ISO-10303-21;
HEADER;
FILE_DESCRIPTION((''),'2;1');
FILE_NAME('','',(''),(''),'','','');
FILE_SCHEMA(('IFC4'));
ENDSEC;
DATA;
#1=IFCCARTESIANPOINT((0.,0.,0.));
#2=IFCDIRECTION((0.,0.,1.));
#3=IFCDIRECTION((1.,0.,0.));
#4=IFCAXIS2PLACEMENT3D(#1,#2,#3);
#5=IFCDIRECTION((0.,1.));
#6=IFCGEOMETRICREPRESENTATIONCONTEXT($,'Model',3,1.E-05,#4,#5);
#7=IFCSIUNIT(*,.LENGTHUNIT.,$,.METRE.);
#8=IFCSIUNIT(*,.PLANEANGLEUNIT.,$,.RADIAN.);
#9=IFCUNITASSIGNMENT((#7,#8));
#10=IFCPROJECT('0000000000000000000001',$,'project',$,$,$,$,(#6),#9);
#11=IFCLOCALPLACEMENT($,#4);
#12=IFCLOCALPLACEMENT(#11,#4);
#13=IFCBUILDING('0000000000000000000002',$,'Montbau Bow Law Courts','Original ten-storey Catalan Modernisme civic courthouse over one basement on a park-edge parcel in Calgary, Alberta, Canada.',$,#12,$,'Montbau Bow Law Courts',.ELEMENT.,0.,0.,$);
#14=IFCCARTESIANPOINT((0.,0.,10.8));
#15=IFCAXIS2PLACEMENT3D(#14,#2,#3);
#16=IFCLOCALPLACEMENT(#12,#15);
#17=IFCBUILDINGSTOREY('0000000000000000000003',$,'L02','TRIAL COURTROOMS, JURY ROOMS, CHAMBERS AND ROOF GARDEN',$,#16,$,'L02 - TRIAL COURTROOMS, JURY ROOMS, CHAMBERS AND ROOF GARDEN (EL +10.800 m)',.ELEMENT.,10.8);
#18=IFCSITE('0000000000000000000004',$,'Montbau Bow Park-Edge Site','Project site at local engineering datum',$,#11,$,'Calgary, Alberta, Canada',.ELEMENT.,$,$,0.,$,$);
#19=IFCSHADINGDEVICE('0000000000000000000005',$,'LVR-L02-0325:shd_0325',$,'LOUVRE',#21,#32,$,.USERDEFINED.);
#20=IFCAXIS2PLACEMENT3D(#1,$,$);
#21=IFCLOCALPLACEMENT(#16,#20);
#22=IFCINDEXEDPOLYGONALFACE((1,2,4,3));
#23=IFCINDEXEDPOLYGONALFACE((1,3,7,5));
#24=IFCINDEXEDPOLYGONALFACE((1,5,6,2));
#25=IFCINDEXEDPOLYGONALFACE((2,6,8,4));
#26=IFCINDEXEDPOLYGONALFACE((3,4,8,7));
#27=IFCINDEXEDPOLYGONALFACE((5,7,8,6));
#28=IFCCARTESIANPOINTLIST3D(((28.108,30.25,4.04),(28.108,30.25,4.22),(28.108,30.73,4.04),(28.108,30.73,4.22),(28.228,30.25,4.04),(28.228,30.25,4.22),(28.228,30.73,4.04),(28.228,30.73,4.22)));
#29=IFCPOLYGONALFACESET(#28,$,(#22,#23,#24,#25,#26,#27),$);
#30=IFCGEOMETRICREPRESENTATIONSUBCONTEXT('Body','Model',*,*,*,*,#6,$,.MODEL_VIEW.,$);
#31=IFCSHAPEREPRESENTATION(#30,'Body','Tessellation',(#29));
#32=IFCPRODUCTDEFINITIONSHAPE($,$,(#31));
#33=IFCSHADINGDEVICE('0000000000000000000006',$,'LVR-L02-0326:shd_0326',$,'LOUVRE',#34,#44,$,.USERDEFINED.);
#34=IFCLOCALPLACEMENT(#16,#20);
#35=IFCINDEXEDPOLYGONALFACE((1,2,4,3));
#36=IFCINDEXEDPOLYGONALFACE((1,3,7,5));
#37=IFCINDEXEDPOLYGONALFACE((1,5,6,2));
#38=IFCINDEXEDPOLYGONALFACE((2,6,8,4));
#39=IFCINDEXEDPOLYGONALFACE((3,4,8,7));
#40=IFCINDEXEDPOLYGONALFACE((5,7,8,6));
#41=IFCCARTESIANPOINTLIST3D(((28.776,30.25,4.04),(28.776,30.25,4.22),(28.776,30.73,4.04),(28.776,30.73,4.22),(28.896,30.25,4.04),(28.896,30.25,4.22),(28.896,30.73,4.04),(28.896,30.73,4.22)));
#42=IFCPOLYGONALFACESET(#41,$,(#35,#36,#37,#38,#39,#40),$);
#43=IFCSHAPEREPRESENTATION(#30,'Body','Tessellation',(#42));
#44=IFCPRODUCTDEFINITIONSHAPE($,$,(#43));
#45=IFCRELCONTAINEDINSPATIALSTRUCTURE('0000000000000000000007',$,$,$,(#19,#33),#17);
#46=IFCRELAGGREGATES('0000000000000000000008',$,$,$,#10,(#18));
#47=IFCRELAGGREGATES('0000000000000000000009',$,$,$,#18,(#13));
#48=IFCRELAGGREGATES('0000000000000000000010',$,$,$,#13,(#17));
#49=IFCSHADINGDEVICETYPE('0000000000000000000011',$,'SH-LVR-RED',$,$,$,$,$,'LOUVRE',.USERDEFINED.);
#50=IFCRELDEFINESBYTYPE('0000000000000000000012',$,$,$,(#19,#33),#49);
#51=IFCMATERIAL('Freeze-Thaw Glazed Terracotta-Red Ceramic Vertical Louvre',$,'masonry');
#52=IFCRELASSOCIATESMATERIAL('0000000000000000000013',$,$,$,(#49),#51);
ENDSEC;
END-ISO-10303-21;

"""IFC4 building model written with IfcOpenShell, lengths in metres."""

from ifc_helpers import new_model, si_unit, direction, frame, origin_with_axes, origin_2d_with_axis, place, context, subcontext, project, spatial, rectangle, extrude, material, type_object, element, save


model = new_model("IFC4")

# Units and contexts
model_context = context("Model", 3, precision=1e-05, world=origin_with_axes(), true_north=direction((0.0, 1.0)))
body_context = subcontext(model_context, "Body", "Model", "MODEL_VIEW")
ifc_project = project(units=[si_unit("LENGTHUNIT", "METRE"), si_unit("PLANEANGLEUNIT", "RADIAN")], contexts=[model_context])

# Site, building, storey
site_placement = place(None, origin_with_axes())
site = spatial("IfcSite", under=ifc_project, at=site_placement, Name="Montbau Bow Park-Edge Site", Description="Project site at local engineering datum", LongName="Calgary, Alberta, Canada", CompositionType="ELEMENT", RefElevation=0.0)
building_placement = place(site_placement, origin_with_axes())
building = spatial("IfcBuilding", under=site, at=building_placement, Name="Montbau Bow Law Courts", Description="Original ten-storey Catalan Modernisme civic courthouse over one basement on a park-edge parcel in Calgary, Alberta, Canada.", LongName="Montbau Bow Law Courts", CompositionType="ELEMENT", ElevationOfRefHeight=0.0, ElevationOfTerrain=0.0)
storey_placement = place(building_placement, frame((0.0, 0.0, 10.8), z_axis=(0.0, 0.0, 1.0), x_axis=(1.0, 0.0, 0.0)))
storey = spatial("IfcBuildingStorey", under=building, at=storey_placement, Name="L02", Description="TRIAL COURTROOMS, JURY ROOMS, CHAMBERS AND ROOF GARDEN", LongName="L02 - TRIAL COURTROOMS, JURY ROOMS, CHAMBERS AND ROOF GARDEN (EL +10.800 m)", CompositionType="ELEMENT", Elevation=10.8)

# Shading devices
ifc_material_1 = material(Name="Freeze-Thaw Glazed Terracotta-Red Ceramic Vertical Louvre", Category="masonry")
shading_device_type = type_object("IfcShadingDeviceType", Name="SH-LVR-RED", ElementType="LOUVRE", PredefinedType="USERDEFINED", material=ifc_material_1)
for number, where, z_axis, x_axis, name in (
    (1, (28.168, 30.49, 14.84), (0.0, 0.0, 1.0), (0.0, -1.0, 0.0), "LVR-L02-0325:shd_0325"),
    (2, (28.836, 30.49, 14.84), (0.0, 0.0, 1.0), (0.0, -1.0, 0.0), "LVR-L02-0326:shd_0326"),
):
    element("IfcShadingDevice", number, at=place(None, frame(where, z_axis=z_axis, x_axis=x_axis)), inside=storey, type_object=shading_device_type, Name=name, ObjectType="LOUVRE", PredefinedType="USERDEFINED", context=body_context, shape_type="SweptSolid", body=[
        extrude(rectangle(XDim=0.48, YDim=0.12, at=origin_2d_with_axis()), origin_with_axes(), (0.0, 0.0, 1.0), 0.18),
    ])

save(model, "model.ifc")
